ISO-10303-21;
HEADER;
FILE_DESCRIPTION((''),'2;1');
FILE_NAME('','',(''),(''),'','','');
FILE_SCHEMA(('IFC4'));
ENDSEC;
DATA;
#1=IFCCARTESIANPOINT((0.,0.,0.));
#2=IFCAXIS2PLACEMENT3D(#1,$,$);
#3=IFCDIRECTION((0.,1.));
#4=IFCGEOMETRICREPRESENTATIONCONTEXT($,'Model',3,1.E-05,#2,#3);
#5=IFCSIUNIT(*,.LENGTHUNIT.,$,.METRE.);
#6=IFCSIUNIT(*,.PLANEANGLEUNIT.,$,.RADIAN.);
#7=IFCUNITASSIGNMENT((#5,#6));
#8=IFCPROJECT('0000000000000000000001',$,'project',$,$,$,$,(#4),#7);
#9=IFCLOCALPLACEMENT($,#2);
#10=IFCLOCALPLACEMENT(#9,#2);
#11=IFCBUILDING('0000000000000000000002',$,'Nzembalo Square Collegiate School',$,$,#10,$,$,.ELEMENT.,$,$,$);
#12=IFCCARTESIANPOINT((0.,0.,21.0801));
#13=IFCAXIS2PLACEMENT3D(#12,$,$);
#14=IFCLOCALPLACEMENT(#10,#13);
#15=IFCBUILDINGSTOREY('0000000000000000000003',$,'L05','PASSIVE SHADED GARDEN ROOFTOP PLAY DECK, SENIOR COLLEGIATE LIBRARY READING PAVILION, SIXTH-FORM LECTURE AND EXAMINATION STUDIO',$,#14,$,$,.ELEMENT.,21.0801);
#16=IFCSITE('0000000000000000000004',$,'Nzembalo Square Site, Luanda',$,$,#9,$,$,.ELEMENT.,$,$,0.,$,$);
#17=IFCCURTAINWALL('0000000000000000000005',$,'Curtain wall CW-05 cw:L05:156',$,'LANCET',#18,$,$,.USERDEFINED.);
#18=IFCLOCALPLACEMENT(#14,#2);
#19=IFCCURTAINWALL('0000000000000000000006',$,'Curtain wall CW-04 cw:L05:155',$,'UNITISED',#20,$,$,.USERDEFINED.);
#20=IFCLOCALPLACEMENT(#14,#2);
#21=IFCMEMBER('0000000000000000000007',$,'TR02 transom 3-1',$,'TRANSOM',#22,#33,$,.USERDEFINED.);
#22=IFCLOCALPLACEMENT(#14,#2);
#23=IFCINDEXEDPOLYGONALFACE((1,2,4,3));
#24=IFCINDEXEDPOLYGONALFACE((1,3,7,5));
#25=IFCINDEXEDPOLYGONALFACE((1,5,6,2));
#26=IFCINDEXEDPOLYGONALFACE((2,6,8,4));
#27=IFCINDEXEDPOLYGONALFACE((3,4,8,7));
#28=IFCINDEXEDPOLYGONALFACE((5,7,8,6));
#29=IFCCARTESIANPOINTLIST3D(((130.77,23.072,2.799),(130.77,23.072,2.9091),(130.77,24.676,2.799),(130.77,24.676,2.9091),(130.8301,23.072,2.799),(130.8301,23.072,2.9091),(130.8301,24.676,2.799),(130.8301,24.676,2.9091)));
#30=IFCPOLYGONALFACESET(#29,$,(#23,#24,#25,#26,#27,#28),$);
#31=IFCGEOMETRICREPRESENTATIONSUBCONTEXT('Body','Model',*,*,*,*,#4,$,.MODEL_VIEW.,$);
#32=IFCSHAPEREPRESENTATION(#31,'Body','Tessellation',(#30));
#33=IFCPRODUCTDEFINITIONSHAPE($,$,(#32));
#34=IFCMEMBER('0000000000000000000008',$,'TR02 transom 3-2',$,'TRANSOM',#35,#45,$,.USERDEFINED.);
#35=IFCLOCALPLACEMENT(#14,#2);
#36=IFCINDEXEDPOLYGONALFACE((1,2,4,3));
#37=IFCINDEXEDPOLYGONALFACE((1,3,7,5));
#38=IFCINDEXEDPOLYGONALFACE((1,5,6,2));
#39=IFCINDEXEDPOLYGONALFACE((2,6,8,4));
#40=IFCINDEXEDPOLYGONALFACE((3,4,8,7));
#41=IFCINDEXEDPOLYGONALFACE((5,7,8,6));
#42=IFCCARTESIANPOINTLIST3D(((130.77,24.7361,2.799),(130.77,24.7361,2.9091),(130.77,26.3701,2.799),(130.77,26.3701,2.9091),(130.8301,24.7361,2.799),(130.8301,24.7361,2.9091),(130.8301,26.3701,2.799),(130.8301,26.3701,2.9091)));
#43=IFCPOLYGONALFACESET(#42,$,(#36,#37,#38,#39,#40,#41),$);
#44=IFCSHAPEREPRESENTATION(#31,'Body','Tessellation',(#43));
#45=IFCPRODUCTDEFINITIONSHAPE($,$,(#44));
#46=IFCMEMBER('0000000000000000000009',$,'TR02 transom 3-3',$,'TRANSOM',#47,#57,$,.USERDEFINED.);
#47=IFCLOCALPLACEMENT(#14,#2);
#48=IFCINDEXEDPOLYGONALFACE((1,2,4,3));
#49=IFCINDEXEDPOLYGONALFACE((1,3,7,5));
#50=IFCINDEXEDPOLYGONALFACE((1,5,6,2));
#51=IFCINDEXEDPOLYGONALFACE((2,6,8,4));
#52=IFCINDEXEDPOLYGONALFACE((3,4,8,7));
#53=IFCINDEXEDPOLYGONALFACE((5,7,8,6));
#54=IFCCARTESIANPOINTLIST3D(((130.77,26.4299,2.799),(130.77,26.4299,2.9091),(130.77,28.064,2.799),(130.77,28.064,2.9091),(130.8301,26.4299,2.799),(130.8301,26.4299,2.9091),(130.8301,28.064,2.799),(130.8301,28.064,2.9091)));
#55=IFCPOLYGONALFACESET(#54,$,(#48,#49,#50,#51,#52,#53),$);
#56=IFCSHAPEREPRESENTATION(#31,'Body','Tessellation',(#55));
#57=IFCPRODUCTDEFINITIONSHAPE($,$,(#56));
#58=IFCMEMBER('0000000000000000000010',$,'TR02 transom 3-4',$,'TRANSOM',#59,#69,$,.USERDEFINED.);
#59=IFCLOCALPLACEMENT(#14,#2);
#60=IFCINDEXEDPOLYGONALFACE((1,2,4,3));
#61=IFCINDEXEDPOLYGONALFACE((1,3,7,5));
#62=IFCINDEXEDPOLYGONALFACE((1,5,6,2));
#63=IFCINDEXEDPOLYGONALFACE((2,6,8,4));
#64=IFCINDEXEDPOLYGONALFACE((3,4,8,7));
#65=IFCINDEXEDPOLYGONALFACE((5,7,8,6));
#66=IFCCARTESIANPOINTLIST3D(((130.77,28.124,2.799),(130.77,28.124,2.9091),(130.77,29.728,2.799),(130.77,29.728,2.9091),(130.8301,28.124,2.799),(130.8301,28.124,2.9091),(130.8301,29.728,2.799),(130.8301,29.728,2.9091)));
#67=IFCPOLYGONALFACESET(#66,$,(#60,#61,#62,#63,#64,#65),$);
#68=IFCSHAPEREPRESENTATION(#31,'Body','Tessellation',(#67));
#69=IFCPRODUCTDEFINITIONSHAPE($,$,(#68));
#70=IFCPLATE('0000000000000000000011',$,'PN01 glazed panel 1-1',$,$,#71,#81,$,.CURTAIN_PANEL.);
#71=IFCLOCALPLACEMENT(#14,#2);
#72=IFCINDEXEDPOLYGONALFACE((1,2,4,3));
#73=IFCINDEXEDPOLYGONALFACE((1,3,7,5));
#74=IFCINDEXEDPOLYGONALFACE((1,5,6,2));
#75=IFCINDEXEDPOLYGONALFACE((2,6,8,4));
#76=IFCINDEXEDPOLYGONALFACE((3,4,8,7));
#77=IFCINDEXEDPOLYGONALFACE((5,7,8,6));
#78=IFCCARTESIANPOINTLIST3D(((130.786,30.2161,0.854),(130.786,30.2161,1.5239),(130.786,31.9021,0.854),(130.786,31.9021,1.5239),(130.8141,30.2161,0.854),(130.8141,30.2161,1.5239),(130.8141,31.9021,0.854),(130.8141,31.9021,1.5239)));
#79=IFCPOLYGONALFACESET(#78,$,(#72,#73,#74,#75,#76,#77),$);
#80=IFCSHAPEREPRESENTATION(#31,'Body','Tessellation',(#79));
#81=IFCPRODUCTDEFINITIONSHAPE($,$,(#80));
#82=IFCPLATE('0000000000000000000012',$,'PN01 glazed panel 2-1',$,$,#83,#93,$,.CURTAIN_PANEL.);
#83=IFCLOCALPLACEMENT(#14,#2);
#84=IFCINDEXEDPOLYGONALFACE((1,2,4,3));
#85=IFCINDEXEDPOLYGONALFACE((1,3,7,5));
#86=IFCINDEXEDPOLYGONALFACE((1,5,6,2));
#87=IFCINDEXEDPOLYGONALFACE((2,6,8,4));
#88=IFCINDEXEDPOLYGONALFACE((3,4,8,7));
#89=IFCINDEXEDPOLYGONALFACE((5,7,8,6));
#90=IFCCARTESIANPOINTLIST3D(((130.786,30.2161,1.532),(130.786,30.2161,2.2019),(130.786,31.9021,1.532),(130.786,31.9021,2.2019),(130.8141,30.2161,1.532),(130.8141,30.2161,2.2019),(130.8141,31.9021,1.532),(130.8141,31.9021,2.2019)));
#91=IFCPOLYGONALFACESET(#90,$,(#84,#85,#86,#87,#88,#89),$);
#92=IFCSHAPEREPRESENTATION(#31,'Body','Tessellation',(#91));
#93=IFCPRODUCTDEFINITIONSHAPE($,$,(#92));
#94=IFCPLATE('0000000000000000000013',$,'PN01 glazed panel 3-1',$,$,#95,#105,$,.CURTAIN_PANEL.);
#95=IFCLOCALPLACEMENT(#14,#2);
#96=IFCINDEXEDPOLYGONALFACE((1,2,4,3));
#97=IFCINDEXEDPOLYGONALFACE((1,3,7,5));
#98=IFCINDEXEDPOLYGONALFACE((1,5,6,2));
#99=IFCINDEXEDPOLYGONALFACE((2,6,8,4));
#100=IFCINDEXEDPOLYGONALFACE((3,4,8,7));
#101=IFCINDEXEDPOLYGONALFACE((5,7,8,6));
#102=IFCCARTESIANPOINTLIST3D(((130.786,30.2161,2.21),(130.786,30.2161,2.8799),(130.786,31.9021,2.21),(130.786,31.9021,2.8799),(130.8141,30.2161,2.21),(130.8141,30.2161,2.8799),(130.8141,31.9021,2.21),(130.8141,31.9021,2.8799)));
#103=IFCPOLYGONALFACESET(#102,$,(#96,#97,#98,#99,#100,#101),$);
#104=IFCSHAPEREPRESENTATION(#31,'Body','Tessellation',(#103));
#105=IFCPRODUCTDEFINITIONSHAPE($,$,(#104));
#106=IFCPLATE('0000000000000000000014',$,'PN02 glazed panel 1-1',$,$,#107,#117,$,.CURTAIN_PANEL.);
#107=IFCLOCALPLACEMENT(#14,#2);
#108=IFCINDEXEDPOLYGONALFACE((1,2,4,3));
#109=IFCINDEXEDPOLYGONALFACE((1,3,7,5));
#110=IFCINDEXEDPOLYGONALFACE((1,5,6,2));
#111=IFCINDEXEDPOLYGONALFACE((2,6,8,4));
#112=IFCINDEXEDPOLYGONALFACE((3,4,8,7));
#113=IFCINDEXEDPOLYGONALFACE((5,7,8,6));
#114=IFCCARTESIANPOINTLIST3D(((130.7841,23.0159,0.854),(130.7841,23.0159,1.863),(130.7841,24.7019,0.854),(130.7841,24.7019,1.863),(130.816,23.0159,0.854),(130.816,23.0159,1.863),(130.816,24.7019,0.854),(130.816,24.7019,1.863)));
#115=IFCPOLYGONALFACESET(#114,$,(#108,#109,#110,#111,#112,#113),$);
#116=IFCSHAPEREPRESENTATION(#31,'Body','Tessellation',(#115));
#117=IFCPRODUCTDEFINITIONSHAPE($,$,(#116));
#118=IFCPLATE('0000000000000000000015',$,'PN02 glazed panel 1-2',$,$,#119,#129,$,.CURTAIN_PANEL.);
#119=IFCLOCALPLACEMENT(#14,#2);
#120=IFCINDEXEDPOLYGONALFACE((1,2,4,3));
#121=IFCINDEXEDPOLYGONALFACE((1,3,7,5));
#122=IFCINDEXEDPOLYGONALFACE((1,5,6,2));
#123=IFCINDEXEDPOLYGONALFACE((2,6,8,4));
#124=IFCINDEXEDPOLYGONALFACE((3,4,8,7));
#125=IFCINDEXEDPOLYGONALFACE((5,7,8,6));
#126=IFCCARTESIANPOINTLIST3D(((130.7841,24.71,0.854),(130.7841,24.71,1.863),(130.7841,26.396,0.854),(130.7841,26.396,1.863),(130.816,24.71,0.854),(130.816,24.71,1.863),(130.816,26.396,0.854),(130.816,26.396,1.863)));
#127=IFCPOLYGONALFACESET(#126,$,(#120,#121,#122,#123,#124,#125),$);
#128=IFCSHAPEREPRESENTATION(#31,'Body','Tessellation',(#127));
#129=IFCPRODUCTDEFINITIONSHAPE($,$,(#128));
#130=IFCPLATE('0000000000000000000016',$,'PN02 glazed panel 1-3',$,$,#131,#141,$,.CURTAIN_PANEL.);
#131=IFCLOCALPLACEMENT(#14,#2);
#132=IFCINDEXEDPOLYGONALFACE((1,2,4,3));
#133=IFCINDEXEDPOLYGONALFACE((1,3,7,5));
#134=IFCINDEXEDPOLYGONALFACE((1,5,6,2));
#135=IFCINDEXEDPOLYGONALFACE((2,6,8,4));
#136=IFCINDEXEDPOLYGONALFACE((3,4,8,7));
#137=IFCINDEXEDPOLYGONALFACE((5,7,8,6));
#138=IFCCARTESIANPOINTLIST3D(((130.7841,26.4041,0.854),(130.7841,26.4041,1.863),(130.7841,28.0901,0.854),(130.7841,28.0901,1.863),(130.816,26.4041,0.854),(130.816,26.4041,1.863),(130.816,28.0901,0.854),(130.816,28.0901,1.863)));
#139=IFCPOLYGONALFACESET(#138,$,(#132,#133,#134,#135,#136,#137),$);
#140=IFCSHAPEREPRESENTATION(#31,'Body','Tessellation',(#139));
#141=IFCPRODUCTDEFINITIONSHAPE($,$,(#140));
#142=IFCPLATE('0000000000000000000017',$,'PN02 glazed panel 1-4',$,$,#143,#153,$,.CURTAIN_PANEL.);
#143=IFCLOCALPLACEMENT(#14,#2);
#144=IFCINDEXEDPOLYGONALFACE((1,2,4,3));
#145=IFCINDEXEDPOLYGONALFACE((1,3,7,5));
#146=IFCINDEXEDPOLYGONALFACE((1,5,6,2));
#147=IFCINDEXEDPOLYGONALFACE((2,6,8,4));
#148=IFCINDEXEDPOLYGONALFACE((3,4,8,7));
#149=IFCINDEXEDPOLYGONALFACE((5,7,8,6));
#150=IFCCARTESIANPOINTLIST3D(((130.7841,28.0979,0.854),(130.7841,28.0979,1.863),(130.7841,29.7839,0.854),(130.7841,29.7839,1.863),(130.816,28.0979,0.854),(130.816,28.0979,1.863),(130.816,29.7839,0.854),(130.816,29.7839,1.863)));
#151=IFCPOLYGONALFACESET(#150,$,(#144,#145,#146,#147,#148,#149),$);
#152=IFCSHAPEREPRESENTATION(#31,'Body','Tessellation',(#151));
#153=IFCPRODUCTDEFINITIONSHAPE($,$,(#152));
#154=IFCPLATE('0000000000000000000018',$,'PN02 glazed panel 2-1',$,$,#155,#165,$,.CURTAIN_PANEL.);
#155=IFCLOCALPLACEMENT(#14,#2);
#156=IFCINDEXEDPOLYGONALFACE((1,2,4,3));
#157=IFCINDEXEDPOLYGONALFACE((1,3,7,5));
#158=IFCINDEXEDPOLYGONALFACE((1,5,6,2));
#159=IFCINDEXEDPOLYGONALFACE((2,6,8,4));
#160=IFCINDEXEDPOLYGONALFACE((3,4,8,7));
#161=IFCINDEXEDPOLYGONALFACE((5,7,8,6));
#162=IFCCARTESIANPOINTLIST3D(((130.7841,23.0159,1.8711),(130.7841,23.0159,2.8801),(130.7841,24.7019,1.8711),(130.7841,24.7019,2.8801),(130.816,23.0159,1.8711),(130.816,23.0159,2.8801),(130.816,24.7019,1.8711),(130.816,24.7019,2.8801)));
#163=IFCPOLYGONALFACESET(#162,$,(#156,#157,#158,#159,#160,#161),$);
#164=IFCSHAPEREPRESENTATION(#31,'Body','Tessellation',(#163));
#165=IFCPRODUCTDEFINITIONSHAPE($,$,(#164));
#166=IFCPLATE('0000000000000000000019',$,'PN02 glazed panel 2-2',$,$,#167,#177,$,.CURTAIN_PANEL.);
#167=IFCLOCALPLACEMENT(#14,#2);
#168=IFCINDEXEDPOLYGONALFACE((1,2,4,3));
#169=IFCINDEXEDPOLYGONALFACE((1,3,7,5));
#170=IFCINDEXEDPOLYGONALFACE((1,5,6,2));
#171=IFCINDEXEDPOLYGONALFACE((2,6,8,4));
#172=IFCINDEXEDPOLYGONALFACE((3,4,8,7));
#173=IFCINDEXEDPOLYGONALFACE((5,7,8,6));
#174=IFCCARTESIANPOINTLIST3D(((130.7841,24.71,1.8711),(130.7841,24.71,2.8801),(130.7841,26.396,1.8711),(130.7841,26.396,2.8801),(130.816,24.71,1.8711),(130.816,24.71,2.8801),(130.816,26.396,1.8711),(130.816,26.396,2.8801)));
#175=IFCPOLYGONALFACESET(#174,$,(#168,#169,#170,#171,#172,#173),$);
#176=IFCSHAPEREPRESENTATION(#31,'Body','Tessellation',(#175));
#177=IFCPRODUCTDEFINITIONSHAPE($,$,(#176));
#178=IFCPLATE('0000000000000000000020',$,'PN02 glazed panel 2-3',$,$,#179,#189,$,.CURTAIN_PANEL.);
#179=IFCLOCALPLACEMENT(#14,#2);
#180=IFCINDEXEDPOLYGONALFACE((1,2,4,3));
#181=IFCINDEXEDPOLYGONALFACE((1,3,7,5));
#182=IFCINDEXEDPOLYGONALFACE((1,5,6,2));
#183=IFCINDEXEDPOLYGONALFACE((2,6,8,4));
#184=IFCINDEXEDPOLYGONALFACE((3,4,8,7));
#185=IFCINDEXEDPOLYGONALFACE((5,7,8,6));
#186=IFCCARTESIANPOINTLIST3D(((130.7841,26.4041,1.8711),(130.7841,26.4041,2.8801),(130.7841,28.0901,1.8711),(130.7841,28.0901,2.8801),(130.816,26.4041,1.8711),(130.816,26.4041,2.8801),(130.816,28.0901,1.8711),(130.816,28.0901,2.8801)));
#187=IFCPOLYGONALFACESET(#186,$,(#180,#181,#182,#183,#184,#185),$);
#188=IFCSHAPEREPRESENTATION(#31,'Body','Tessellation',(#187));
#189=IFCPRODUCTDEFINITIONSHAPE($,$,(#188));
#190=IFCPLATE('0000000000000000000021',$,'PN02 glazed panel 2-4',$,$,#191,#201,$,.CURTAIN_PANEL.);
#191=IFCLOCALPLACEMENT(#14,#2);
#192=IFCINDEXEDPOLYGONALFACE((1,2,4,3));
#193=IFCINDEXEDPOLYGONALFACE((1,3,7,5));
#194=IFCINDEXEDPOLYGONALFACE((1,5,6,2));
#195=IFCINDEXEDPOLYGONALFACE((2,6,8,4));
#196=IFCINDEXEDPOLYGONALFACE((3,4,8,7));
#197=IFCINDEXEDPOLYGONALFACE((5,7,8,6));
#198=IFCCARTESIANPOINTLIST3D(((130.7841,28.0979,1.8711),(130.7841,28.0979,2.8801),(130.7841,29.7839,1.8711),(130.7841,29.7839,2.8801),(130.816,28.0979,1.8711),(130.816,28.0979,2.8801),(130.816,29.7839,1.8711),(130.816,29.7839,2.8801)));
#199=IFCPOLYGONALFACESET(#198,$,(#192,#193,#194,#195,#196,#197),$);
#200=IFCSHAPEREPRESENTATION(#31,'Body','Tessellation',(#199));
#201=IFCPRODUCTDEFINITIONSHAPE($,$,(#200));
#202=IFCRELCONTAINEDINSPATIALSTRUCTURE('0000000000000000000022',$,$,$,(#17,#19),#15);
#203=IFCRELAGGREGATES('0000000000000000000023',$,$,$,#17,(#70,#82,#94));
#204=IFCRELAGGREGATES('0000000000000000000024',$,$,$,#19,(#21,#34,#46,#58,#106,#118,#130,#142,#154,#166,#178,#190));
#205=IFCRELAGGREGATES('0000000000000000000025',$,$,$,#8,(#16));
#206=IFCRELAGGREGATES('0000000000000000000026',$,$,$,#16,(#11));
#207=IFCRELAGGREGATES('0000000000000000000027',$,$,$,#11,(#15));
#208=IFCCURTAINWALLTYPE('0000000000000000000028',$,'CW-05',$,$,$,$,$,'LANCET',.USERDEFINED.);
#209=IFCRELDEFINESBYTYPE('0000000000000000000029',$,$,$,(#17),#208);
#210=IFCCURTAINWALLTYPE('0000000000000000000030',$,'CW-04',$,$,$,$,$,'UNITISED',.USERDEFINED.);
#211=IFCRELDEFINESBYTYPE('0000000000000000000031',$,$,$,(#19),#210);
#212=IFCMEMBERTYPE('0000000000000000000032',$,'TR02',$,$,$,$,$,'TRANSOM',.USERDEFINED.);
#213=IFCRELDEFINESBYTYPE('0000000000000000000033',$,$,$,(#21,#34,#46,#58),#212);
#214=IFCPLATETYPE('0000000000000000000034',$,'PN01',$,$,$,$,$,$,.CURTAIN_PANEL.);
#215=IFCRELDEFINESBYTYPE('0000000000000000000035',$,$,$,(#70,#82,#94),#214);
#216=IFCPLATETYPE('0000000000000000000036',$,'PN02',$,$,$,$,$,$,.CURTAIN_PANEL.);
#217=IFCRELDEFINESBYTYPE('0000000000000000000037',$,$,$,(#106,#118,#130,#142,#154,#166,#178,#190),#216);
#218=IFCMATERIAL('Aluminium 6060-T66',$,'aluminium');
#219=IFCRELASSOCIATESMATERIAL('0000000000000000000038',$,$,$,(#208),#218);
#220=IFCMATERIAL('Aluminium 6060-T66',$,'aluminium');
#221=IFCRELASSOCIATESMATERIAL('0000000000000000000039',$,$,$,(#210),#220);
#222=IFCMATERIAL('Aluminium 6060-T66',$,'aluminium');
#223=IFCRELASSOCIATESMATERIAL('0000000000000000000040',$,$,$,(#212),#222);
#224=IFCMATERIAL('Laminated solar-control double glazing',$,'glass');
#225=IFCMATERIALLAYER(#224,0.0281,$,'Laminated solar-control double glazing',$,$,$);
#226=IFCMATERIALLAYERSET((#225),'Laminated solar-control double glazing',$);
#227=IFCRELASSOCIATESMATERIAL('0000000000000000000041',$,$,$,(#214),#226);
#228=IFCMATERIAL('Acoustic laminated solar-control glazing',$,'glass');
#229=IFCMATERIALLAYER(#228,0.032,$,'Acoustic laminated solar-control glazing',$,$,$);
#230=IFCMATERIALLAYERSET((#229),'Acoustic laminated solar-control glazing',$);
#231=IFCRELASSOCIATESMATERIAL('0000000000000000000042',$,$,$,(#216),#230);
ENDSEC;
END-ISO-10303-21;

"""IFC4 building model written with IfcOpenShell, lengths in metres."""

from ifc_helpers import new_model, si_unit, direction, frame, origin, origin_2d, place, context, subcontext, project, spatial, rectangle, extrude, material, layer, layer_set, material_profile, profile_set, type_object, element, aggregate, save


model = new_model("IFC4")

# Units and contexts
model_context = context("Model", 3, precision=1e-05, world=origin(), true_north=direction((0.0, 1.0)))
body_context = subcontext(model_context, "Body", "Model", "MODEL_VIEW")
ifc_project = project(units=[si_unit("LENGTHUNIT", "METRE"), si_unit("PLANEANGLEUNIT", "RADIAN")], contexts=[model_context])

# Site, building, storey
site_placement = place(None, origin())
site = spatial("IfcSite", under=ifc_project, at=site_placement, Name="Nzembalo Square Site, Luanda", CompositionType="ELEMENT", RefElevation=0.0)
building_placement = place(site_placement, origin())
building = spatial("IfcBuilding", under=site, at=building_placement, Name="Nzembalo Square Collegiate School", CompositionType="ELEMENT")
storey_placement = place(building_placement, frame((0.0, 0.0, 21.0801)))
storey = spatial("IfcBuildingStorey", under=building, at=storey_placement, Name="L05", Description="PASSIVE SHADED GARDEN ROOFTOP PLAY DECK, SENIOR COLLEGIATE LIBRARY READING PAVILION, SIXTH-FORM LECTURE AND EXAMINATION STUDIO", CompositionType="ELEMENT", Elevation=21.0801)

# Curtain walls
ifc_material_1 = material(Name="Aluminium 6060-T66", Category="aluminium")
curtain_wall_type_1 = type_object("IfcCurtainWallType", Name="CW-05", ElementType="LANCET", PredefinedType="USERDEFINED", material=ifc_material_1)
curtain_wall_1_placement = place(storey_placement, origin())
curtain_wall_1 = element("IfcCurtainWall", 1, at=curtain_wall_1_placement, inside=storey, type_object=curtain_wall_type_1, Name="Curtain wall CW-05 cw:L05:156", ObjectType="LANCET", PredefinedType="USERDEFINED")
ifc_material_2 = material(Name="Aluminium 6060-T66", Category="aluminium")
curtain_wall_type_2 = type_object("IfcCurtainWallType", Name="CW-04", ElementType="UNITISED", PredefinedType="USERDEFINED", material=ifc_material_2)
curtain_wall_2_placement = place(storey_placement, origin())
curtain_wall_2 = element("IfcCurtainWall", 2, at=curtain_wall_2_placement, inside=storey, type_object=curtain_wall_type_2, Name="Curtain wall CW-04 cw:L05:155", ObjectType="UNITISED", PredefinedType="USERDEFINED")

# Members
ifc_material_3 = material(Name="Aluminium 6060-T66", Category="aluminium")
ifc_material_profile_1 = material_profile(ifc_material_3, rectangle(XDim=0.0601, YDim=0.1101, at=origin_2d()), Name="ALU T60x110")
ifc_profile_set_1 = profile_set([ifc_material_profile_1], Name="Aluminium 6060-T66")
member_type_1 = type_object("IfcMemberType", Name="TR02", ElementType="TRANSOM", PredefinedType="USERDEFINED", material=ifc_profile_set_1)
member_1_placement = place(storey_placement, frame((130.8, 23.072, 2.854), z_axis=(0.0, 1.0, 0.0), x_axis=(-1.0, 0.0, 0.0)))
member_1 = element("IfcMember", 3, at=member_1_placement, type_object=member_type_1, Name="TR02 transom 3-1", ObjectType="TRANSOM", PredefinedType="USERDEFINED", context=body_context, shape_type="SweptSolid", body=[
    extrude(rectangle(XDim=0.0601, YDim=0.1101, at=origin_2d()), origin(), (0.0, 0.0, 1.0), 1.604),
])
member_2_placement = place(storey_placement, frame((130.8, 24.7361, 2.854), z_axis=(0.0, 1.0, 0.0), x_axis=(-1.0, 0.0, 0.0)))
member_2 = element("IfcMember", 4, at=member_2_placement, type_object=member_type_1, Name="TR02 transom 3-2", ObjectType="TRANSOM", PredefinedType="USERDEFINED", context=body_context, shape_type="SweptSolid", body=[
    extrude(rectangle(XDim=0.0601, YDim=0.1101, at=origin_2d()), origin(), (0.0, 0.0, 1.0), 1.634),
])
member_3_placement = place(storey_placement, frame((130.8, 26.4299, 2.854), z_axis=(0.0, 1.0, 0.0), x_axis=(-1.0, 0.0, 0.0)))
member_3 = element("IfcMember", 5, at=member_3_placement, type_object=member_type_1, Name="TR02 transom 3-3", ObjectType="TRANSOM", PredefinedType="USERDEFINED", context=body_context, shape_type="SweptSolid", body=[
    extrude(rectangle(XDim=0.0601, YDim=0.1101, at=origin_2d()), origin(), (0.0, 0.0, 1.0), 1.634),
])
member_4_placement = place(storey_placement, frame((130.8, 28.124, 2.854), z_axis=(0.0, 1.0, 0.0), x_axis=(-1.0, 0.0, 0.0)))
member_4 = element("IfcMember", 6, at=member_4_placement, type_object=member_type_1, Name="TR02 transom 3-4", ObjectType="TRANSOM", PredefinedType="USERDEFINED", context=body_context, shape_type="SweptSolid", body=[
    extrude(rectangle(XDim=0.0601, YDim=0.1101, at=origin_2d()), origin(), (0.0, 0.0, 1.0), 1.604),
])

# Plates
ifc_material_4 = material(Name="Laminated solar-control double glazing", Category="glass")
ifc_layer_1 = layer(ifc_material_4, 0.0281, Name="Laminated solar-control double glazing")
ifc_layer_set_1 = layer_set([ifc_layer_1], Name="Laminated solar-control double glazing")
plate_type_1 = type_object("IfcPlateType", Name="PN01", PredefinedType="CURTAIN_PANEL", material=ifc_layer_set_1)
plate_1_placement = place(storey_placement, frame((130.8, 31.0591, 0.854), z_axis=(0.0, 0.0, 1.0), x_axis=(0.0, 1.0, 0.0)))
plate_1 = element("IfcPlate", 7, at=plate_1_placement, type_object=plate_type_1, Name="PN01 glazed panel 1-1", PredefinedType="CURTAIN_PANEL", context=body_context, shape_type="SweptSolid", body=[
    extrude(rectangle(XDim=1.686, YDim=0.0281, at=origin_2d()), origin(), (0.0, 0.0, 1.0), 0.6699),
])
plate_2_placement = place(storey_placement, frame((130.8, 31.0591, 1.532), z_axis=(0.0, 0.0, 1.0), x_axis=(0.0, 1.0, 0.0)))
plate_2 = element("IfcPlate", 8, at=plate_2_placement, type_object=plate_type_1, Name="PN01 glazed panel 2-1", PredefinedType="CURTAIN_PANEL", context=body_context, shape_type="SweptSolid", body=[
    extrude(rectangle(XDim=1.686, YDim=0.0281, at=origin_2d()), origin(), (0.0, 0.0, 1.0), 0.6699),
])
plate_3_placement = place(storey_placement, frame((130.8, 31.0591, 2.21), z_axis=(0.0, 0.0, 1.0), x_axis=(0.0, 1.0, 0.0)))
plate_3 = element("IfcPlate", 9, at=plate_3_placement, type_object=plate_type_1, Name="PN01 glazed panel 3-1", PredefinedType="CURTAIN_PANEL", context=body_context, shape_type="SweptSolid", body=[
    extrude(rectangle(XDim=1.686, YDim=0.0281, at=origin_2d()), origin(), (0.0, 0.0, 1.0), 0.6699),
])
aggregate(curtain_wall_1, [plate_1, plate_2, plate_3])
ifc_material_5 = material(Name="Acoustic laminated solar-control glazing", Category="glass")
ifc_layer_2 = layer(ifc_material_5, 0.032, Name="Acoustic laminated solar-control glazing")
ifc_layer_set_2 = layer_set([ifc_layer_2], Name="Acoustic laminated solar-control glazing")
plate_type_2 = type_object("IfcPlateType", Name="PN02", PredefinedType="CURTAIN_PANEL", material=ifc_layer_set_2)
plate_4_placement = place(storey_placement, frame((130.8, 23.8589, 0.854), z_axis=(0.0, 0.0, 1.0), x_axis=(0.0, 1.0, 0.0)))
plate_4 = element("IfcPlate", 10, at=plate_4_placement, type_object=plate_type_2, Name="PN02 glazed panel 1-1", PredefinedType="CURTAIN_PANEL", context=body_context, shape_type="SweptSolid", body=[
    extrude(rectangle(XDim=1.686, YDim=0.032, at=origin_2d()), origin(), (0.0, 0.0, 1.0), 1.009),
])
plate_5_placement = place(storey_placement, frame((130.8, 25.553, 0.854), z_axis=(0.0, 0.0, 1.0), x_axis=(0.0, 1.0, 0.0)))
plate_5 = element("IfcPlate", 11, at=plate_5_placement, type_object=plate_type_2, Name="PN02 glazed panel 1-2", PredefinedType="CURTAIN_PANEL", context=body_context, shape_type="SweptSolid", body=[
    extrude(rectangle(XDim=1.686, YDim=0.032, at=origin_2d()), origin(), (0.0, 0.0, 1.0), 1.009),
])
plate_6_placement = place(storey_placement, frame((130.8, 27.2471, 0.854), z_axis=(0.0, 0.0, 1.0), x_axis=(0.0, 1.0, 0.0)))
plate_6 = element("IfcPlate", 12, at=plate_6_placement, type_object=plate_type_2, Name="PN02 glazed panel 1-3", PredefinedType="CURTAIN_PANEL", context=body_context, shape_type="SweptSolid", body=[
    extrude(rectangle(XDim=1.686, YDim=0.032, at=origin_2d()), origin(), (0.0, 0.0, 1.0), 1.009),
])
plate_7_placement = place(storey_placement, frame((130.8, 28.9409, 0.854), z_axis=(0.0, 0.0, 1.0), x_axis=(0.0, 1.0, 0.0)))
plate_7 = element("IfcPlate", 13, at=plate_7_placement, type_object=plate_type_2, Name="PN02 glazed panel 1-4", PredefinedType="CURTAIN_PANEL", context=body_context, shape_type="SweptSolid", body=[
    extrude(rectangle(XDim=1.686, YDim=0.032, at=origin_2d()), origin(), (0.0, 0.0, 1.0), 1.009),
])
plate_8_placement = place(storey_placement, frame((130.8, 23.8589, 1.8711), z_axis=(0.0, 0.0, 1.0), x_axis=(0.0, 1.0, 0.0)))
plate_8 = element("IfcPlate", 14, at=plate_8_placement, type_object=plate_type_2, Name="PN02 glazed panel 2-1", PredefinedType="CURTAIN_PANEL", context=body_context, shape_type="SweptSolid", body=[
    extrude(rectangle(XDim=1.686, YDim=0.032, at=origin_2d()), origin(), (0.0, 0.0, 1.0), 1.009),
])
plate_9_placement = place(storey_placement, frame((130.8, 25.553, 1.8711), z_axis=(0.0, 0.0, 1.0), x_axis=(0.0, 1.0, 0.0)))
plate_9 = element("IfcPlate", 15, at=plate_9_placement, type_object=plate_type_2, Name="PN02 glazed panel 2-2", PredefinedType="CURTAIN_PANEL", context=body_context, shape_type="SweptSolid", body=[
    extrude(rectangle(XDim=1.686, YDim=0.032, at=origin_2d()), origin(), (0.0, 0.0, 1.0), 1.009),
])
plate_10_placement = place(storey_placement, frame((130.8, 27.2471, 1.8711), z_axis=(0.0, 0.0, 1.0), x_axis=(0.0, 1.0, 0.0)))
plate_10 = element("IfcPlate", 16, at=plate_10_placement, type_object=plate_type_2, Name="PN02 glazed panel 2-3", PredefinedType="CURTAIN_PANEL", context=body_context, shape_type="SweptSolid", body=[
    extrude(rectangle(XDim=1.686, YDim=0.032, at=origin_2d()), origin(), (0.0, 0.0, 1.0), 1.009),
])
plate_11_placement = place(storey_placement, frame((130.8, 28.9409, 1.8711), z_axis=(0.0, 0.0, 1.0), x_axis=(0.0, 1.0, 0.0)))
plate_11 = element("IfcPlate", 17, at=plate_11_placement, type_object=plate_type_2, Name="PN02 glazed panel 2-4", PredefinedType="CURTAIN_PANEL", context=body_context, shape_type="SweptSolid", body=[
    extrude(rectangle(XDim=1.686, YDim=0.032, at=origin_2d()), origin(), (0.0, 0.0, 1.0), 1.009),
])
aggregate(curtain_wall_2, [member_1, member_2, member_3, member_4, plate_4, plate_5, plate_6, plate_7, plate_8, plate_9, plate_10, plate_11])

save(model, "model.ifc")
